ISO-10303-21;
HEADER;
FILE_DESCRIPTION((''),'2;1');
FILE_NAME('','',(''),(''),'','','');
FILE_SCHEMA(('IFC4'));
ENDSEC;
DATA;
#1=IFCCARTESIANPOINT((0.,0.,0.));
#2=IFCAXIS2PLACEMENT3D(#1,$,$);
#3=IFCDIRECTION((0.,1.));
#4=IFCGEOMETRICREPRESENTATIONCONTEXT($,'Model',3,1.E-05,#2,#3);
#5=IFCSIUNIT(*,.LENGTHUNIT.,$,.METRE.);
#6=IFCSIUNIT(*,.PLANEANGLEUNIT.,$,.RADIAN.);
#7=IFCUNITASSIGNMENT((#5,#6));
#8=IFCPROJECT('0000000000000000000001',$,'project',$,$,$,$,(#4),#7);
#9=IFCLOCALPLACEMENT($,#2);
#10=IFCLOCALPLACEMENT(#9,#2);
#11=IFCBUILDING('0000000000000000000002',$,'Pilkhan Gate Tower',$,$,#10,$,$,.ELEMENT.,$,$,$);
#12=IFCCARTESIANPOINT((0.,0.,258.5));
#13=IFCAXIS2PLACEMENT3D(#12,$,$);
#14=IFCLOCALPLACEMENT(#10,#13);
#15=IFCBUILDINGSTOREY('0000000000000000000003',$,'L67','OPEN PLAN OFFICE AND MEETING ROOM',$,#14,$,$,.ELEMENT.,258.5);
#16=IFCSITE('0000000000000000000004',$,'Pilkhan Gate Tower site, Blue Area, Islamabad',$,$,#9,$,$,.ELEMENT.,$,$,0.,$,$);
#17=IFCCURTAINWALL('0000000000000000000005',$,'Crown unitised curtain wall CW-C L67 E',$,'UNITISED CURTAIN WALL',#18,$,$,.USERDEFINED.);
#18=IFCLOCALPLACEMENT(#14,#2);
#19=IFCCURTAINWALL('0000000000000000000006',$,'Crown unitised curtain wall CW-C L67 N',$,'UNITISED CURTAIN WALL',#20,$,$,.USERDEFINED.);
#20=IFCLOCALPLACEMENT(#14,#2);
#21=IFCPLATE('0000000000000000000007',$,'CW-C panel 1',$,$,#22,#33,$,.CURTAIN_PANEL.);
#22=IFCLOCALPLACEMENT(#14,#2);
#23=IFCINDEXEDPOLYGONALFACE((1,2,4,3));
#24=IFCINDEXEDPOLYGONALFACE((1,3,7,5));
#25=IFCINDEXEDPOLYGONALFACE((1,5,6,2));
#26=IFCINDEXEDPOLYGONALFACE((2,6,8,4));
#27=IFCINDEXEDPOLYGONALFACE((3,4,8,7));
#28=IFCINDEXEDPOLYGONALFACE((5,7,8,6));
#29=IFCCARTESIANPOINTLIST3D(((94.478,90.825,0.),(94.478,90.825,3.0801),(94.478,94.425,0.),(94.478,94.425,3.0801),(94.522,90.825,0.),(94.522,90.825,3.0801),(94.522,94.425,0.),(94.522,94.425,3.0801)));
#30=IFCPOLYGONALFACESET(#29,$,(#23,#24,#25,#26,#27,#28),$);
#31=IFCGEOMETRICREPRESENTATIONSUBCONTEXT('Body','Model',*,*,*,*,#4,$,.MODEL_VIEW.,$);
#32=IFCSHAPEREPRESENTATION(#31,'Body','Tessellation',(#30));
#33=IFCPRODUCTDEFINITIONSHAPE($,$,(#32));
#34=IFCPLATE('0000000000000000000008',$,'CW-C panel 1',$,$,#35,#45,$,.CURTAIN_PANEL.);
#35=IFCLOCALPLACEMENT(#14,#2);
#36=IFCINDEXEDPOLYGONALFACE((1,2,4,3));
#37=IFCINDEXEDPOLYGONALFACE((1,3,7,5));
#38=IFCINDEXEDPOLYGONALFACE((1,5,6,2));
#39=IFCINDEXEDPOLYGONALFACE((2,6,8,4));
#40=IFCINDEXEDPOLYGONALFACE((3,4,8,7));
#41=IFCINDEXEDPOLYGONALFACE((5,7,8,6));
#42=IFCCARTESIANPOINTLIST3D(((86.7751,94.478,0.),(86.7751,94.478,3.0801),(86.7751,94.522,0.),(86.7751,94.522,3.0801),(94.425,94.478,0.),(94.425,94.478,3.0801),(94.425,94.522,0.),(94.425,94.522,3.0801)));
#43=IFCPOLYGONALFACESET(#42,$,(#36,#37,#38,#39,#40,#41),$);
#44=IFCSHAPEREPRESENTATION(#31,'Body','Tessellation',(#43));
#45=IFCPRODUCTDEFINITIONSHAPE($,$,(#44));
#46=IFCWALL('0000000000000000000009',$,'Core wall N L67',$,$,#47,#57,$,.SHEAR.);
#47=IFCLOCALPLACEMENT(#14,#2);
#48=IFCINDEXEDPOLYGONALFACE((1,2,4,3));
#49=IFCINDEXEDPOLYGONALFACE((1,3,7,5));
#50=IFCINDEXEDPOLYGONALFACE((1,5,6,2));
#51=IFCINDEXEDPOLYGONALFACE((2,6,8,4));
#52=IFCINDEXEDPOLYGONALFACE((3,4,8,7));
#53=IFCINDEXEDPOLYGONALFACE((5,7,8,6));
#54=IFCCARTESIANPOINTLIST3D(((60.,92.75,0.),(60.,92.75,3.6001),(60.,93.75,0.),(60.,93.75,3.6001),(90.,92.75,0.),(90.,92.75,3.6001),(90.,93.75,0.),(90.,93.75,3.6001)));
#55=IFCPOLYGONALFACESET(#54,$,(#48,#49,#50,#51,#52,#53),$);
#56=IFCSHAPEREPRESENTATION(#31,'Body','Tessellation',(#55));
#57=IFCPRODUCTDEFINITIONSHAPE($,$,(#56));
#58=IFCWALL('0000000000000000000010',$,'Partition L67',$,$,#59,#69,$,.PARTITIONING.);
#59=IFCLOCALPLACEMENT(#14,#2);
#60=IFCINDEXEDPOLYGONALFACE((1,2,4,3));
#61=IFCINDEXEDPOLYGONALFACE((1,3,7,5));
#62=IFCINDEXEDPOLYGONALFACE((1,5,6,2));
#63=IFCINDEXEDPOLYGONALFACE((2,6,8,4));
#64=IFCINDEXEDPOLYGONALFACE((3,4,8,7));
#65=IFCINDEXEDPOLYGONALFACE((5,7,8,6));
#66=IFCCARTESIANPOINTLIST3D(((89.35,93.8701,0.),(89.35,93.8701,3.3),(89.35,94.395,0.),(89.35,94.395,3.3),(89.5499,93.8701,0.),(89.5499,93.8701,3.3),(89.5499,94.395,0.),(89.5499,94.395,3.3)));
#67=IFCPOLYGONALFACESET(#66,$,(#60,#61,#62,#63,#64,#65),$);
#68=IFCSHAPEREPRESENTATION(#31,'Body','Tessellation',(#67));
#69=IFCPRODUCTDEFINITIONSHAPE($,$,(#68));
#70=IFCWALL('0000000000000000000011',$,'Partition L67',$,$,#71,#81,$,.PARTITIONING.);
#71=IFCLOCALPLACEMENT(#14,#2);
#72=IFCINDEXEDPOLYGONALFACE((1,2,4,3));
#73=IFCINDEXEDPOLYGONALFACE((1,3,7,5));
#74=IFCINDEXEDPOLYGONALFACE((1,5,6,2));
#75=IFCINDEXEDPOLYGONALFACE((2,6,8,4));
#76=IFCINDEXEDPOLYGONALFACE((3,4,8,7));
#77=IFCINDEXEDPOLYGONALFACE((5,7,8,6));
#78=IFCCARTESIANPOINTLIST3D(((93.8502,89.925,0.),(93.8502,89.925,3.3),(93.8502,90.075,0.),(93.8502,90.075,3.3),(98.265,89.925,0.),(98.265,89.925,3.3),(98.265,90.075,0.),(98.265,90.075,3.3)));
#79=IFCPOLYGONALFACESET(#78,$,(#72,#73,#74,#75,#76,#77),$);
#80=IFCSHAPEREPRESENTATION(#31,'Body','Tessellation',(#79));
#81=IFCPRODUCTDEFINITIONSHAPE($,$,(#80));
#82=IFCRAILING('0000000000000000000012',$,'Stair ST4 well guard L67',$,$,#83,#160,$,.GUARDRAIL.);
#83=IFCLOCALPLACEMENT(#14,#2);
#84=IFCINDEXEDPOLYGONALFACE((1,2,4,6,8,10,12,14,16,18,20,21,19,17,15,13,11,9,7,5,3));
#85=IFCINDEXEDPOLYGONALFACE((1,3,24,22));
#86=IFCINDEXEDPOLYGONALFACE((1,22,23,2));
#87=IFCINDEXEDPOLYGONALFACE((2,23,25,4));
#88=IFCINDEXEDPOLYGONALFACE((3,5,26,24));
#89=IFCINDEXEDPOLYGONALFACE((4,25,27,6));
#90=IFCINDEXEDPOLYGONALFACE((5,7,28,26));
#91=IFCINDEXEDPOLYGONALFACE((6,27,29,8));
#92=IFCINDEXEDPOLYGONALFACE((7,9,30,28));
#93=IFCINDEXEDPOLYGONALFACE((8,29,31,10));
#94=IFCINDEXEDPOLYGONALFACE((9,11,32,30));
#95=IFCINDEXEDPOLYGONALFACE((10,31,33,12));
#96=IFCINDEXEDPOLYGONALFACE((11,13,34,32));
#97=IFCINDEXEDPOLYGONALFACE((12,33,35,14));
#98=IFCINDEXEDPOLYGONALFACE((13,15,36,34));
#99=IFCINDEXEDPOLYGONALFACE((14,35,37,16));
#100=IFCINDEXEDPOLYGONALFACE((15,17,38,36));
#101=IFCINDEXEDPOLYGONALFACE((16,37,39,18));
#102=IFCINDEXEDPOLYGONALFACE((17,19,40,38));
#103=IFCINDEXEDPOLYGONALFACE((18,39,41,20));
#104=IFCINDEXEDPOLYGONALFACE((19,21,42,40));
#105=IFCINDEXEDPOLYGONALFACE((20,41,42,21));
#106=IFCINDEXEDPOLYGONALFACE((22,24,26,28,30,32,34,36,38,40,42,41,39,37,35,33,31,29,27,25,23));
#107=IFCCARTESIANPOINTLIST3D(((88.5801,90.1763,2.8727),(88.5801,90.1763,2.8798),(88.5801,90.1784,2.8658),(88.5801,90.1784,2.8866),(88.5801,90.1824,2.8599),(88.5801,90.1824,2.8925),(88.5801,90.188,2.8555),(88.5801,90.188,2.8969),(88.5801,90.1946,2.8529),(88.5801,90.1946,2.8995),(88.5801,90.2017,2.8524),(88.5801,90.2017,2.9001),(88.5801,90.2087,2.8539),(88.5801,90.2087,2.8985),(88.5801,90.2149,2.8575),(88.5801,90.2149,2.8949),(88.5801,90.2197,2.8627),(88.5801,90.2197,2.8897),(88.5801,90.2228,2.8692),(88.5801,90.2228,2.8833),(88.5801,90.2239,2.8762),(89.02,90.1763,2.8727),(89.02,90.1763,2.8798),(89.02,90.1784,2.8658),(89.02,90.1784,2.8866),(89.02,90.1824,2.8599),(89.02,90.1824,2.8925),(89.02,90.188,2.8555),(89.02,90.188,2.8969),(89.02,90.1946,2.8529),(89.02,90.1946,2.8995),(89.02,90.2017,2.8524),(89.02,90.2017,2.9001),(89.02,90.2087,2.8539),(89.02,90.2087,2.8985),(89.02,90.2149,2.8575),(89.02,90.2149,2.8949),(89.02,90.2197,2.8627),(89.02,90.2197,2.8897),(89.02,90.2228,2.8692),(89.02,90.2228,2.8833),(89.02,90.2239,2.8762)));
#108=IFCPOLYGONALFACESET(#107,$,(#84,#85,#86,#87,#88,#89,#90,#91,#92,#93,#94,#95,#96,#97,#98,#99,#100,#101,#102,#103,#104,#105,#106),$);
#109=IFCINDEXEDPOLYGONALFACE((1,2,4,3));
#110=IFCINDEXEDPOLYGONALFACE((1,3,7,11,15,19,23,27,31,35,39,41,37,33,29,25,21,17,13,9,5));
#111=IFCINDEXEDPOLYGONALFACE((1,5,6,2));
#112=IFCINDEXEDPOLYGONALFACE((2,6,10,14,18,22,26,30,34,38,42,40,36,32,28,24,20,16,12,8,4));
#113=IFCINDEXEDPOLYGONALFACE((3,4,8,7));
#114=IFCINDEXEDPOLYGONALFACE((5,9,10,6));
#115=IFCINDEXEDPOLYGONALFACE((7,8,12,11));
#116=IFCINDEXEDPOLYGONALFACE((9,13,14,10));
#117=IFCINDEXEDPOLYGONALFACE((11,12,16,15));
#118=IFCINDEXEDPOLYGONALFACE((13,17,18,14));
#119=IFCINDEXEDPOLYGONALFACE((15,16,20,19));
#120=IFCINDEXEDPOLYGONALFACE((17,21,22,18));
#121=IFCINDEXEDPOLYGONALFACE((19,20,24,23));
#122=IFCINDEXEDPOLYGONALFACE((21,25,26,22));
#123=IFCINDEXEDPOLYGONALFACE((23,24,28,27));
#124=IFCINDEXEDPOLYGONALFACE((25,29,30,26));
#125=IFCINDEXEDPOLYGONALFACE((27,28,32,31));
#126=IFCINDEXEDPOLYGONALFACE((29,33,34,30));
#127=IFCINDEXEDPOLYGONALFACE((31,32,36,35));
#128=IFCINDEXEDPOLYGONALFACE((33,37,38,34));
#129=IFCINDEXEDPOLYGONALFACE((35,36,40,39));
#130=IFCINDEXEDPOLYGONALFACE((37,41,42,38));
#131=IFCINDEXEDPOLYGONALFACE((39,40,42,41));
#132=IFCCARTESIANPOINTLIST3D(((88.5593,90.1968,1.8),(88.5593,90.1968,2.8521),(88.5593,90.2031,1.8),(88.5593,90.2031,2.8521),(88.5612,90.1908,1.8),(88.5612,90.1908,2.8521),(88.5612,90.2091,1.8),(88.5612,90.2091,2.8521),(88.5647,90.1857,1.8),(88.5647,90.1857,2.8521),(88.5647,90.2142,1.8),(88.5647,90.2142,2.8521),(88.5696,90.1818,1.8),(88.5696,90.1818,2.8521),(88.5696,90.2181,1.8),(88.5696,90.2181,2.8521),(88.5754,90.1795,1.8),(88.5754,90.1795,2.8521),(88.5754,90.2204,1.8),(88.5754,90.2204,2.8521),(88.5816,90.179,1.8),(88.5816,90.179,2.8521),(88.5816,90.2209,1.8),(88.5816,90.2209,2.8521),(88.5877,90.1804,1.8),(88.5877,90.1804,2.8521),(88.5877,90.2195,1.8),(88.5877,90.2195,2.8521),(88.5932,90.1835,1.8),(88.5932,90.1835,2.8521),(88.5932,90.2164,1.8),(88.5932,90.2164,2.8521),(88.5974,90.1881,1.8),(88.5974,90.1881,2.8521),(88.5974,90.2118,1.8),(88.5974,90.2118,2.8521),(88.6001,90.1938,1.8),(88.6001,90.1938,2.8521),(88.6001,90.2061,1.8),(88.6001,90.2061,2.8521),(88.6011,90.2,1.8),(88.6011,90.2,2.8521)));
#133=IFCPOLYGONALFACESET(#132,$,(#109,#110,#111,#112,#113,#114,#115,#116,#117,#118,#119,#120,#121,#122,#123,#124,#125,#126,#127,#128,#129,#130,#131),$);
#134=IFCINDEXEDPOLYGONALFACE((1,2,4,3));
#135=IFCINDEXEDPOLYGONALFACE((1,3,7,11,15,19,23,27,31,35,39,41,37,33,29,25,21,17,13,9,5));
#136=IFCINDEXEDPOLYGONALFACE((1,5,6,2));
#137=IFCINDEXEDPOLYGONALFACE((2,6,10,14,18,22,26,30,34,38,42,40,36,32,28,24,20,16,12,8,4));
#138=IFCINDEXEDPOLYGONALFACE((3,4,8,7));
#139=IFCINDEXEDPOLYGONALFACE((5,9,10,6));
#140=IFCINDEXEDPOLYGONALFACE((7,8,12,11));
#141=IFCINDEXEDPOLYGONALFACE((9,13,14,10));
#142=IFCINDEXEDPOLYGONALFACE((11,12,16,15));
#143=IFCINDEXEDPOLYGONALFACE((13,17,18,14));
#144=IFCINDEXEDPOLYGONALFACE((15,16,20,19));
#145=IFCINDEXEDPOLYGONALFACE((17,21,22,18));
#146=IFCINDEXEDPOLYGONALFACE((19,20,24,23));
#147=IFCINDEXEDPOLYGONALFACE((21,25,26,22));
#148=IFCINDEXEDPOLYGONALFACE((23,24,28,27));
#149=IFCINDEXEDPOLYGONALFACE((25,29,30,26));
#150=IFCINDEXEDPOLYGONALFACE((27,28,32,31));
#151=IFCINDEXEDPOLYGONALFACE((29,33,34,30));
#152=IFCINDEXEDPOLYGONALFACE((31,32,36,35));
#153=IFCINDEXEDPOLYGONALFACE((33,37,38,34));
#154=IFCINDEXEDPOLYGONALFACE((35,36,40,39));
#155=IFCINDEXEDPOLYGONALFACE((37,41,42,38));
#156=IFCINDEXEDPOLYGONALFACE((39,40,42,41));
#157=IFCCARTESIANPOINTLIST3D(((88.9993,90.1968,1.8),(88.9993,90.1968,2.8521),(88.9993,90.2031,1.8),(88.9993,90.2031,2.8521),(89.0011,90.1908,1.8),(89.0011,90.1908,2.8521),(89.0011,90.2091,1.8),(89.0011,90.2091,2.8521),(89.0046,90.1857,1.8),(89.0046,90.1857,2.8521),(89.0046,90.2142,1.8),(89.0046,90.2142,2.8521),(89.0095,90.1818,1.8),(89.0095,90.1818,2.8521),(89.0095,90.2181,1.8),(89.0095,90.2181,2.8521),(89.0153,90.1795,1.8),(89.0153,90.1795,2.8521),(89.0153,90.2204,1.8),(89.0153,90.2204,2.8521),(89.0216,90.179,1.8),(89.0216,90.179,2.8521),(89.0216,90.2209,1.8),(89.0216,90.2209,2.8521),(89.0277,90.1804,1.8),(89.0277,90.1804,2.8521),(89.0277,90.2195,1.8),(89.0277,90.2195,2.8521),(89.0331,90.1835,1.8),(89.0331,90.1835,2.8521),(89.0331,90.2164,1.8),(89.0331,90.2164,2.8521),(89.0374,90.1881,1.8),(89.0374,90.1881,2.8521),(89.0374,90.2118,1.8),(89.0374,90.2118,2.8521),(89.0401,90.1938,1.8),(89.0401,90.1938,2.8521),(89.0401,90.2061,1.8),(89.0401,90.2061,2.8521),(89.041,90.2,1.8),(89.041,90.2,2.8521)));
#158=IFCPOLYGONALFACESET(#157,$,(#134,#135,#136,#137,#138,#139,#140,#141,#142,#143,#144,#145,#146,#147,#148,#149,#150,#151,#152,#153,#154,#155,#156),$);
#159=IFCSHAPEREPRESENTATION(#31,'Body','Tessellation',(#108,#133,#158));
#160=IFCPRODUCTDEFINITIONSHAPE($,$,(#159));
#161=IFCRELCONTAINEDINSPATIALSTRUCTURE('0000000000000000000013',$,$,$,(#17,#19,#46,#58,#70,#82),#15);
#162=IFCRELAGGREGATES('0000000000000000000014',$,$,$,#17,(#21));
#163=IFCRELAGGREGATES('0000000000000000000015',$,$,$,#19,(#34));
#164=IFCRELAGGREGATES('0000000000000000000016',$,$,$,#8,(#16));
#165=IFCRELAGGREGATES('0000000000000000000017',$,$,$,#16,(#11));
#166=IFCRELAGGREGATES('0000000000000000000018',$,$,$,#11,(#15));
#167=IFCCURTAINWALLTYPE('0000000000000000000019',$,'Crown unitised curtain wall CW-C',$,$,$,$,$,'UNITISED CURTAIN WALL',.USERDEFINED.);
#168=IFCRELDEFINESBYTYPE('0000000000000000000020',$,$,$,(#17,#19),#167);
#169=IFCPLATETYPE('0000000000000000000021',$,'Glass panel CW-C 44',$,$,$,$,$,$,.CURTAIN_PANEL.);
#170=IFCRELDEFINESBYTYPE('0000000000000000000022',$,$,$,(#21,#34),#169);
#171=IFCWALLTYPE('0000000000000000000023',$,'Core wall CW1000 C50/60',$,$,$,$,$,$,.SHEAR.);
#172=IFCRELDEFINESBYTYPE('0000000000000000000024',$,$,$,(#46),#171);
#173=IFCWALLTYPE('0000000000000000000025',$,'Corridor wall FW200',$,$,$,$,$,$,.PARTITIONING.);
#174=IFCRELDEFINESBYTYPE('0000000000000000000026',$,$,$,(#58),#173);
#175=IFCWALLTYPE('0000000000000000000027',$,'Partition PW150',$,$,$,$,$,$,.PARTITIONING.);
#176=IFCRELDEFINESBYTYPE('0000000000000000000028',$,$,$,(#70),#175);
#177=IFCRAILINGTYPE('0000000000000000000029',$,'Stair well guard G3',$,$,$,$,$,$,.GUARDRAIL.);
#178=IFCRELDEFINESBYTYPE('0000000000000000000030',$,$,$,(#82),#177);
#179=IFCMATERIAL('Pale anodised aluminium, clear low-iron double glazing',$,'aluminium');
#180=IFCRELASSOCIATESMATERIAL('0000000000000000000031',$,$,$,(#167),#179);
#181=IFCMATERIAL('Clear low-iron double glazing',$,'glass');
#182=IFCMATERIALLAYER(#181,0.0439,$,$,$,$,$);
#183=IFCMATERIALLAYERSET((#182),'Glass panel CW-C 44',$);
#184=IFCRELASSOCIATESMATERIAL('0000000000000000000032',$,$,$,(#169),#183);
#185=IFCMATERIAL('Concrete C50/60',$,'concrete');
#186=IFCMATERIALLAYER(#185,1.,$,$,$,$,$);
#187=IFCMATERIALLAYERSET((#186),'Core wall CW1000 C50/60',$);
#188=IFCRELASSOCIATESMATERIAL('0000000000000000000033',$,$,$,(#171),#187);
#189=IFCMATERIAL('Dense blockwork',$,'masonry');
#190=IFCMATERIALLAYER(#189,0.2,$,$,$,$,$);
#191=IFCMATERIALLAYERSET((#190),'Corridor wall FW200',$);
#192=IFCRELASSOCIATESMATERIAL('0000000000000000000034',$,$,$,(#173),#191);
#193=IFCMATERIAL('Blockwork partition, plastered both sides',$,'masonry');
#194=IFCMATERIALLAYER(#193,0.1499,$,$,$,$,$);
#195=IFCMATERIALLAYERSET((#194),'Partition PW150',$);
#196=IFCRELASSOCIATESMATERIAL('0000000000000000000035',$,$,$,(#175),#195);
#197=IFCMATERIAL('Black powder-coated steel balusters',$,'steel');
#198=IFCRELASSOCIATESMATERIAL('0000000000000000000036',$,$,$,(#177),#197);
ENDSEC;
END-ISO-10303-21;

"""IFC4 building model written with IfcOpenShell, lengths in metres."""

from ifc_helpers import new_model, si_unit, direction, frame, frame_2d, origin, origin_2d, place, context, subcontext, project, spatial, rectangle, circle, extrude, material, layer, layer_set, type_object, element, aggregate, save


model = new_model("IFC4")

# Units and contexts
model_context = context("Model", 3, precision=1e-05, world=origin(), true_north=direction((0.0, 1.0)))
body_context = subcontext(model_context, "Body", "Model", "MODEL_VIEW")
ifc_project = project(units=[si_unit("LENGTHUNIT", "METRE"), si_unit("PLANEANGLEUNIT", "RADIAN")], contexts=[model_context])

# Site, building, storey
site_placement = place(None, origin())
site = spatial("IfcSite", under=ifc_project, at=site_placement, Name="Pilkhan Gate Tower site, Blue Area, Islamabad", CompositionType="ELEMENT", RefElevation=0.0)
building_placement = place(site_placement, origin())
building = spatial("IfcBuilding", under=site, at=building_placement, Name="Pilkhan Gate Tower", CompositionType="ELEMENT")
storey_placement = place(building_placement, frame((0.0, 0.0, 258.5)))
storey = spatial("IfcBuildingStorey", under=building, at=storey_placement, Name="L67", Description="OPEN PLAN OFFICE AND MEETING ROOM", CompositionType="ELEMENT", Elevation=258.5)

# Curtain wall
ifc_material_1 = material(Name="Pale anodised aluminium, clear low-iron double glazing", Category="aluminium")
curtain_wall_type = type_object("IfcCurtainWallType", Name="Crown unitised curtain wall CW-C", ElementType="UNITISED CURTAIN WALL", PredefinedType="USERDEFINED", material=ifc_material_1)
curtain_wall_1_placement = place(storey_placement, origin())
curtain_wall_1 = element("IfcCurtainWall", 1, at=curtain_wall_1_placement, inside=storey, type_object=curtain_wall_type, Name="Crown unitised curtain wall CW-C L67 E", ObjectType="UNITISED CURTAIN WALL", PredefinedType="USERDEFINED")

# Curtain wall
curtain_wall_2_placement = place(storey_placement, origin())
curtain_wall_2 = element("IfcCurtainWall", 2, at=curtain_wall_2_placement, inside=storey, type_object=curtain_wall_type, Name="Crown unitised curtain wall CW-C L67 N", ObjectType="UNITISED CURTAIN WALL", PredefinedType="USERDEFINED")

# Plates
ifc_material_2 = material(Name="Clear low-iron double glazing", Category="glass")
ifc_layer_1 = layer(ifc_material_2, 0.0439)
ifc_layer_set_1 = layer_set([ifc_layer_1], Name="Glass panel CW-C 44")
plate_type = type_object("IfcPlateType", Name="Glass panel CW-C 44", PredefinedType="CURTAIN_PANEL", material=ifc_layer_set_1)
plate_1_placement = place(storey_placement, frame((94.5, 92.625, 0.0), z_axis=(0.0, 0.0, 1.0), x_axis=(0.0, 1.0, 0.0)))
plate_1 = element("IfcPlate", 3, at=plate_1_placement, type_object=plate_type, Name="CW-C panel 1", PredefinedType="CURTAIN_PANEL", context=body_context, shape_type="SweptSolid", body=[
    extrude(rectangle(XDim=3.6001, YDim=0.0439, at=origin_2d()), origin(), (0.0, 0.0, 1.0), 3.0801),
])
aggregate(curtain_wall_1, [plate_1])
plate_2_placement = place(storey_placement, frame((90.6001, 94.5, 0.0), z_axis=(0.0, 0.0, 1.0), x_axis=(1.0, 0.0, 0.0)))
plate_2 = element("IfcPlate", 4, at=plate_2_placement, type_object=plate_type, Name="CW-C panel 1", PredefinedType="CURTAIN_PANEL", context=body_context, shape_type="SweptSolid", body=[
    extrude(rectangle(XDim=7.6499, YDim=0.0439, at=origin_2d()), origin(), (0.0, 0.0, 1.0), 3.0801),
])
aggregate(curtain_wall_2, [plate_2])

# Walls
ifc_material_3 = material(Name="Concrete C50/60", Category="concrete")
ifc_layer_2 = layer(ifc_material_3, 1.0)
ifc_layer_set_2 = layer_set([ifc_layer_2], Name="Core wall CW1000 C50/60")
wall_type_1 = type_object("IfcWallType", Name="Core wall CW1000 C50/60", PredefinedType="SHEAR", material=ifc_layer_set_2)
wall_1_placement = place(storey_placement, frame((90.0, 93.25, 0.0), z_axis=(0.0, 0.0, 1.0), x_axis=(-1.0, 0.0, 0.0)))
element("IfcWall", 5, at=wall_1_placement, inside=storey, type_object=wall_type_1, Name="Core wall N L67", PredefinedType="SHEAR", context=body_context, shape_type="SweptSolid", body=[
    extrude(rectangle(XDim=30.0, YDim=1.0, at=frame_2d((15.0, 0.0))), origin(), (0.0, 0.0, 1.0), 3.6001),
])
ifc_material_4 = material(Name="Dense blockwork", Category="masonry")
ifc_layer_3 = layer(ifc_material_4, 0.2)
ifc_layer_set_3 = layer_set([ifc_layer_3], Name="Corridor wall FW200")
wall_type_2 = type_object("IfcWallType", Name="Corridor wall FW200", PredefinedType="PARTITIONING", material=ifc_layer_set_3)
wall_2_placement = place(storey_placement, frame((89.45, 93.8701, 0.0), z_axis=(0.0, 0.0, 1.0), x_axis=(0.0, 1.0, 0.0)))
element("IfcWall", 6, at=wall_2_placement, inside=storey, type_object=wall_type_2, Name="Partition L67", PredefinedType="PARTITIONING", context=body_context, shape_type="SweptSolid", body=[
    extrude(rectangle(XDim=0.5249, YDim=0.2, at=frame_2d((0.2625, 0.0))), origin(), (0.0, 0.0, 1.0), 3.3),
])
ifc_material_5 = material(Name="Blockwork partition, plastered both sides", Category="masonry")
ifc_layer_4 = layer(ifc_material_5, 0.1499)
ifc_layer_set_4 = layer_set([ifc_layer_4], Name="Partition PW150")
wall_type_3 = type_object("IfcWallType", Name="Partition PW150", PredefinedType="PARTITIONING", material=ifc_layer_set_4)
wall_3_placement = place(storey_placement, frame((93.8501, 90.0, 0.0), z_axis=(0.0, 0.0, 1.0), x_axis=(1.0, 0.0, 0.0)))
element("IfcWall", 7, at=wall_3_placement, inside=storey, type_object=wall_type_3, Name="Partition L67", PredefinedType="PARTITIONING", context=body_context, shape_type="SweptSolid", body=[
    extrude(rectangle(XDim=4.4148, YDim=0.1499, at=frame_2d((2.2075, 0.0))), origin(), (0.0, 0.0, 1.0), 3.3),
])

# Railing
ifc_material_6 = material(Name="Black powder-coated steel balusters", Category="steel")
railing_type_1 = type_object("IfcRailingType", Name="Stair well guard G3", PredefinedType="GUARDRAIL", material=ifc_material_6)
railing_1_placement = place(storey_placement, frame((88.5801, 90.2, 1.8)))
element("IfcRailing", 8, at=railing_1_placement, inside=storey, type_object=railing_type_1, Name="Stair ST4 well guard L67", PredefinedType="GUARDRAIL", context=body_context, shape_type="SweptSolid", body=[
    extrude(circle(Radius=0.0239, at=origin_2d()), frame((0.0, 0.0, 1.0762), z_axis=(1.0, 0.0, 0.0), x_axis=(0.0, 1.0, 0.0)), (0.0, 0.0, 1.0), 0.4399),
    extrude(circle(Radius=0.021, at=origin_2d()), origin(), (0.0, 0.0, 1.0), 1.052),
    extrude(circle(Radius=0.021, at=origin_2d()), frame((0.4399, 0.0, 0.0)), (0.0, 0.0, 1.0), 1.052),
])

save(model, "model.ifc")
